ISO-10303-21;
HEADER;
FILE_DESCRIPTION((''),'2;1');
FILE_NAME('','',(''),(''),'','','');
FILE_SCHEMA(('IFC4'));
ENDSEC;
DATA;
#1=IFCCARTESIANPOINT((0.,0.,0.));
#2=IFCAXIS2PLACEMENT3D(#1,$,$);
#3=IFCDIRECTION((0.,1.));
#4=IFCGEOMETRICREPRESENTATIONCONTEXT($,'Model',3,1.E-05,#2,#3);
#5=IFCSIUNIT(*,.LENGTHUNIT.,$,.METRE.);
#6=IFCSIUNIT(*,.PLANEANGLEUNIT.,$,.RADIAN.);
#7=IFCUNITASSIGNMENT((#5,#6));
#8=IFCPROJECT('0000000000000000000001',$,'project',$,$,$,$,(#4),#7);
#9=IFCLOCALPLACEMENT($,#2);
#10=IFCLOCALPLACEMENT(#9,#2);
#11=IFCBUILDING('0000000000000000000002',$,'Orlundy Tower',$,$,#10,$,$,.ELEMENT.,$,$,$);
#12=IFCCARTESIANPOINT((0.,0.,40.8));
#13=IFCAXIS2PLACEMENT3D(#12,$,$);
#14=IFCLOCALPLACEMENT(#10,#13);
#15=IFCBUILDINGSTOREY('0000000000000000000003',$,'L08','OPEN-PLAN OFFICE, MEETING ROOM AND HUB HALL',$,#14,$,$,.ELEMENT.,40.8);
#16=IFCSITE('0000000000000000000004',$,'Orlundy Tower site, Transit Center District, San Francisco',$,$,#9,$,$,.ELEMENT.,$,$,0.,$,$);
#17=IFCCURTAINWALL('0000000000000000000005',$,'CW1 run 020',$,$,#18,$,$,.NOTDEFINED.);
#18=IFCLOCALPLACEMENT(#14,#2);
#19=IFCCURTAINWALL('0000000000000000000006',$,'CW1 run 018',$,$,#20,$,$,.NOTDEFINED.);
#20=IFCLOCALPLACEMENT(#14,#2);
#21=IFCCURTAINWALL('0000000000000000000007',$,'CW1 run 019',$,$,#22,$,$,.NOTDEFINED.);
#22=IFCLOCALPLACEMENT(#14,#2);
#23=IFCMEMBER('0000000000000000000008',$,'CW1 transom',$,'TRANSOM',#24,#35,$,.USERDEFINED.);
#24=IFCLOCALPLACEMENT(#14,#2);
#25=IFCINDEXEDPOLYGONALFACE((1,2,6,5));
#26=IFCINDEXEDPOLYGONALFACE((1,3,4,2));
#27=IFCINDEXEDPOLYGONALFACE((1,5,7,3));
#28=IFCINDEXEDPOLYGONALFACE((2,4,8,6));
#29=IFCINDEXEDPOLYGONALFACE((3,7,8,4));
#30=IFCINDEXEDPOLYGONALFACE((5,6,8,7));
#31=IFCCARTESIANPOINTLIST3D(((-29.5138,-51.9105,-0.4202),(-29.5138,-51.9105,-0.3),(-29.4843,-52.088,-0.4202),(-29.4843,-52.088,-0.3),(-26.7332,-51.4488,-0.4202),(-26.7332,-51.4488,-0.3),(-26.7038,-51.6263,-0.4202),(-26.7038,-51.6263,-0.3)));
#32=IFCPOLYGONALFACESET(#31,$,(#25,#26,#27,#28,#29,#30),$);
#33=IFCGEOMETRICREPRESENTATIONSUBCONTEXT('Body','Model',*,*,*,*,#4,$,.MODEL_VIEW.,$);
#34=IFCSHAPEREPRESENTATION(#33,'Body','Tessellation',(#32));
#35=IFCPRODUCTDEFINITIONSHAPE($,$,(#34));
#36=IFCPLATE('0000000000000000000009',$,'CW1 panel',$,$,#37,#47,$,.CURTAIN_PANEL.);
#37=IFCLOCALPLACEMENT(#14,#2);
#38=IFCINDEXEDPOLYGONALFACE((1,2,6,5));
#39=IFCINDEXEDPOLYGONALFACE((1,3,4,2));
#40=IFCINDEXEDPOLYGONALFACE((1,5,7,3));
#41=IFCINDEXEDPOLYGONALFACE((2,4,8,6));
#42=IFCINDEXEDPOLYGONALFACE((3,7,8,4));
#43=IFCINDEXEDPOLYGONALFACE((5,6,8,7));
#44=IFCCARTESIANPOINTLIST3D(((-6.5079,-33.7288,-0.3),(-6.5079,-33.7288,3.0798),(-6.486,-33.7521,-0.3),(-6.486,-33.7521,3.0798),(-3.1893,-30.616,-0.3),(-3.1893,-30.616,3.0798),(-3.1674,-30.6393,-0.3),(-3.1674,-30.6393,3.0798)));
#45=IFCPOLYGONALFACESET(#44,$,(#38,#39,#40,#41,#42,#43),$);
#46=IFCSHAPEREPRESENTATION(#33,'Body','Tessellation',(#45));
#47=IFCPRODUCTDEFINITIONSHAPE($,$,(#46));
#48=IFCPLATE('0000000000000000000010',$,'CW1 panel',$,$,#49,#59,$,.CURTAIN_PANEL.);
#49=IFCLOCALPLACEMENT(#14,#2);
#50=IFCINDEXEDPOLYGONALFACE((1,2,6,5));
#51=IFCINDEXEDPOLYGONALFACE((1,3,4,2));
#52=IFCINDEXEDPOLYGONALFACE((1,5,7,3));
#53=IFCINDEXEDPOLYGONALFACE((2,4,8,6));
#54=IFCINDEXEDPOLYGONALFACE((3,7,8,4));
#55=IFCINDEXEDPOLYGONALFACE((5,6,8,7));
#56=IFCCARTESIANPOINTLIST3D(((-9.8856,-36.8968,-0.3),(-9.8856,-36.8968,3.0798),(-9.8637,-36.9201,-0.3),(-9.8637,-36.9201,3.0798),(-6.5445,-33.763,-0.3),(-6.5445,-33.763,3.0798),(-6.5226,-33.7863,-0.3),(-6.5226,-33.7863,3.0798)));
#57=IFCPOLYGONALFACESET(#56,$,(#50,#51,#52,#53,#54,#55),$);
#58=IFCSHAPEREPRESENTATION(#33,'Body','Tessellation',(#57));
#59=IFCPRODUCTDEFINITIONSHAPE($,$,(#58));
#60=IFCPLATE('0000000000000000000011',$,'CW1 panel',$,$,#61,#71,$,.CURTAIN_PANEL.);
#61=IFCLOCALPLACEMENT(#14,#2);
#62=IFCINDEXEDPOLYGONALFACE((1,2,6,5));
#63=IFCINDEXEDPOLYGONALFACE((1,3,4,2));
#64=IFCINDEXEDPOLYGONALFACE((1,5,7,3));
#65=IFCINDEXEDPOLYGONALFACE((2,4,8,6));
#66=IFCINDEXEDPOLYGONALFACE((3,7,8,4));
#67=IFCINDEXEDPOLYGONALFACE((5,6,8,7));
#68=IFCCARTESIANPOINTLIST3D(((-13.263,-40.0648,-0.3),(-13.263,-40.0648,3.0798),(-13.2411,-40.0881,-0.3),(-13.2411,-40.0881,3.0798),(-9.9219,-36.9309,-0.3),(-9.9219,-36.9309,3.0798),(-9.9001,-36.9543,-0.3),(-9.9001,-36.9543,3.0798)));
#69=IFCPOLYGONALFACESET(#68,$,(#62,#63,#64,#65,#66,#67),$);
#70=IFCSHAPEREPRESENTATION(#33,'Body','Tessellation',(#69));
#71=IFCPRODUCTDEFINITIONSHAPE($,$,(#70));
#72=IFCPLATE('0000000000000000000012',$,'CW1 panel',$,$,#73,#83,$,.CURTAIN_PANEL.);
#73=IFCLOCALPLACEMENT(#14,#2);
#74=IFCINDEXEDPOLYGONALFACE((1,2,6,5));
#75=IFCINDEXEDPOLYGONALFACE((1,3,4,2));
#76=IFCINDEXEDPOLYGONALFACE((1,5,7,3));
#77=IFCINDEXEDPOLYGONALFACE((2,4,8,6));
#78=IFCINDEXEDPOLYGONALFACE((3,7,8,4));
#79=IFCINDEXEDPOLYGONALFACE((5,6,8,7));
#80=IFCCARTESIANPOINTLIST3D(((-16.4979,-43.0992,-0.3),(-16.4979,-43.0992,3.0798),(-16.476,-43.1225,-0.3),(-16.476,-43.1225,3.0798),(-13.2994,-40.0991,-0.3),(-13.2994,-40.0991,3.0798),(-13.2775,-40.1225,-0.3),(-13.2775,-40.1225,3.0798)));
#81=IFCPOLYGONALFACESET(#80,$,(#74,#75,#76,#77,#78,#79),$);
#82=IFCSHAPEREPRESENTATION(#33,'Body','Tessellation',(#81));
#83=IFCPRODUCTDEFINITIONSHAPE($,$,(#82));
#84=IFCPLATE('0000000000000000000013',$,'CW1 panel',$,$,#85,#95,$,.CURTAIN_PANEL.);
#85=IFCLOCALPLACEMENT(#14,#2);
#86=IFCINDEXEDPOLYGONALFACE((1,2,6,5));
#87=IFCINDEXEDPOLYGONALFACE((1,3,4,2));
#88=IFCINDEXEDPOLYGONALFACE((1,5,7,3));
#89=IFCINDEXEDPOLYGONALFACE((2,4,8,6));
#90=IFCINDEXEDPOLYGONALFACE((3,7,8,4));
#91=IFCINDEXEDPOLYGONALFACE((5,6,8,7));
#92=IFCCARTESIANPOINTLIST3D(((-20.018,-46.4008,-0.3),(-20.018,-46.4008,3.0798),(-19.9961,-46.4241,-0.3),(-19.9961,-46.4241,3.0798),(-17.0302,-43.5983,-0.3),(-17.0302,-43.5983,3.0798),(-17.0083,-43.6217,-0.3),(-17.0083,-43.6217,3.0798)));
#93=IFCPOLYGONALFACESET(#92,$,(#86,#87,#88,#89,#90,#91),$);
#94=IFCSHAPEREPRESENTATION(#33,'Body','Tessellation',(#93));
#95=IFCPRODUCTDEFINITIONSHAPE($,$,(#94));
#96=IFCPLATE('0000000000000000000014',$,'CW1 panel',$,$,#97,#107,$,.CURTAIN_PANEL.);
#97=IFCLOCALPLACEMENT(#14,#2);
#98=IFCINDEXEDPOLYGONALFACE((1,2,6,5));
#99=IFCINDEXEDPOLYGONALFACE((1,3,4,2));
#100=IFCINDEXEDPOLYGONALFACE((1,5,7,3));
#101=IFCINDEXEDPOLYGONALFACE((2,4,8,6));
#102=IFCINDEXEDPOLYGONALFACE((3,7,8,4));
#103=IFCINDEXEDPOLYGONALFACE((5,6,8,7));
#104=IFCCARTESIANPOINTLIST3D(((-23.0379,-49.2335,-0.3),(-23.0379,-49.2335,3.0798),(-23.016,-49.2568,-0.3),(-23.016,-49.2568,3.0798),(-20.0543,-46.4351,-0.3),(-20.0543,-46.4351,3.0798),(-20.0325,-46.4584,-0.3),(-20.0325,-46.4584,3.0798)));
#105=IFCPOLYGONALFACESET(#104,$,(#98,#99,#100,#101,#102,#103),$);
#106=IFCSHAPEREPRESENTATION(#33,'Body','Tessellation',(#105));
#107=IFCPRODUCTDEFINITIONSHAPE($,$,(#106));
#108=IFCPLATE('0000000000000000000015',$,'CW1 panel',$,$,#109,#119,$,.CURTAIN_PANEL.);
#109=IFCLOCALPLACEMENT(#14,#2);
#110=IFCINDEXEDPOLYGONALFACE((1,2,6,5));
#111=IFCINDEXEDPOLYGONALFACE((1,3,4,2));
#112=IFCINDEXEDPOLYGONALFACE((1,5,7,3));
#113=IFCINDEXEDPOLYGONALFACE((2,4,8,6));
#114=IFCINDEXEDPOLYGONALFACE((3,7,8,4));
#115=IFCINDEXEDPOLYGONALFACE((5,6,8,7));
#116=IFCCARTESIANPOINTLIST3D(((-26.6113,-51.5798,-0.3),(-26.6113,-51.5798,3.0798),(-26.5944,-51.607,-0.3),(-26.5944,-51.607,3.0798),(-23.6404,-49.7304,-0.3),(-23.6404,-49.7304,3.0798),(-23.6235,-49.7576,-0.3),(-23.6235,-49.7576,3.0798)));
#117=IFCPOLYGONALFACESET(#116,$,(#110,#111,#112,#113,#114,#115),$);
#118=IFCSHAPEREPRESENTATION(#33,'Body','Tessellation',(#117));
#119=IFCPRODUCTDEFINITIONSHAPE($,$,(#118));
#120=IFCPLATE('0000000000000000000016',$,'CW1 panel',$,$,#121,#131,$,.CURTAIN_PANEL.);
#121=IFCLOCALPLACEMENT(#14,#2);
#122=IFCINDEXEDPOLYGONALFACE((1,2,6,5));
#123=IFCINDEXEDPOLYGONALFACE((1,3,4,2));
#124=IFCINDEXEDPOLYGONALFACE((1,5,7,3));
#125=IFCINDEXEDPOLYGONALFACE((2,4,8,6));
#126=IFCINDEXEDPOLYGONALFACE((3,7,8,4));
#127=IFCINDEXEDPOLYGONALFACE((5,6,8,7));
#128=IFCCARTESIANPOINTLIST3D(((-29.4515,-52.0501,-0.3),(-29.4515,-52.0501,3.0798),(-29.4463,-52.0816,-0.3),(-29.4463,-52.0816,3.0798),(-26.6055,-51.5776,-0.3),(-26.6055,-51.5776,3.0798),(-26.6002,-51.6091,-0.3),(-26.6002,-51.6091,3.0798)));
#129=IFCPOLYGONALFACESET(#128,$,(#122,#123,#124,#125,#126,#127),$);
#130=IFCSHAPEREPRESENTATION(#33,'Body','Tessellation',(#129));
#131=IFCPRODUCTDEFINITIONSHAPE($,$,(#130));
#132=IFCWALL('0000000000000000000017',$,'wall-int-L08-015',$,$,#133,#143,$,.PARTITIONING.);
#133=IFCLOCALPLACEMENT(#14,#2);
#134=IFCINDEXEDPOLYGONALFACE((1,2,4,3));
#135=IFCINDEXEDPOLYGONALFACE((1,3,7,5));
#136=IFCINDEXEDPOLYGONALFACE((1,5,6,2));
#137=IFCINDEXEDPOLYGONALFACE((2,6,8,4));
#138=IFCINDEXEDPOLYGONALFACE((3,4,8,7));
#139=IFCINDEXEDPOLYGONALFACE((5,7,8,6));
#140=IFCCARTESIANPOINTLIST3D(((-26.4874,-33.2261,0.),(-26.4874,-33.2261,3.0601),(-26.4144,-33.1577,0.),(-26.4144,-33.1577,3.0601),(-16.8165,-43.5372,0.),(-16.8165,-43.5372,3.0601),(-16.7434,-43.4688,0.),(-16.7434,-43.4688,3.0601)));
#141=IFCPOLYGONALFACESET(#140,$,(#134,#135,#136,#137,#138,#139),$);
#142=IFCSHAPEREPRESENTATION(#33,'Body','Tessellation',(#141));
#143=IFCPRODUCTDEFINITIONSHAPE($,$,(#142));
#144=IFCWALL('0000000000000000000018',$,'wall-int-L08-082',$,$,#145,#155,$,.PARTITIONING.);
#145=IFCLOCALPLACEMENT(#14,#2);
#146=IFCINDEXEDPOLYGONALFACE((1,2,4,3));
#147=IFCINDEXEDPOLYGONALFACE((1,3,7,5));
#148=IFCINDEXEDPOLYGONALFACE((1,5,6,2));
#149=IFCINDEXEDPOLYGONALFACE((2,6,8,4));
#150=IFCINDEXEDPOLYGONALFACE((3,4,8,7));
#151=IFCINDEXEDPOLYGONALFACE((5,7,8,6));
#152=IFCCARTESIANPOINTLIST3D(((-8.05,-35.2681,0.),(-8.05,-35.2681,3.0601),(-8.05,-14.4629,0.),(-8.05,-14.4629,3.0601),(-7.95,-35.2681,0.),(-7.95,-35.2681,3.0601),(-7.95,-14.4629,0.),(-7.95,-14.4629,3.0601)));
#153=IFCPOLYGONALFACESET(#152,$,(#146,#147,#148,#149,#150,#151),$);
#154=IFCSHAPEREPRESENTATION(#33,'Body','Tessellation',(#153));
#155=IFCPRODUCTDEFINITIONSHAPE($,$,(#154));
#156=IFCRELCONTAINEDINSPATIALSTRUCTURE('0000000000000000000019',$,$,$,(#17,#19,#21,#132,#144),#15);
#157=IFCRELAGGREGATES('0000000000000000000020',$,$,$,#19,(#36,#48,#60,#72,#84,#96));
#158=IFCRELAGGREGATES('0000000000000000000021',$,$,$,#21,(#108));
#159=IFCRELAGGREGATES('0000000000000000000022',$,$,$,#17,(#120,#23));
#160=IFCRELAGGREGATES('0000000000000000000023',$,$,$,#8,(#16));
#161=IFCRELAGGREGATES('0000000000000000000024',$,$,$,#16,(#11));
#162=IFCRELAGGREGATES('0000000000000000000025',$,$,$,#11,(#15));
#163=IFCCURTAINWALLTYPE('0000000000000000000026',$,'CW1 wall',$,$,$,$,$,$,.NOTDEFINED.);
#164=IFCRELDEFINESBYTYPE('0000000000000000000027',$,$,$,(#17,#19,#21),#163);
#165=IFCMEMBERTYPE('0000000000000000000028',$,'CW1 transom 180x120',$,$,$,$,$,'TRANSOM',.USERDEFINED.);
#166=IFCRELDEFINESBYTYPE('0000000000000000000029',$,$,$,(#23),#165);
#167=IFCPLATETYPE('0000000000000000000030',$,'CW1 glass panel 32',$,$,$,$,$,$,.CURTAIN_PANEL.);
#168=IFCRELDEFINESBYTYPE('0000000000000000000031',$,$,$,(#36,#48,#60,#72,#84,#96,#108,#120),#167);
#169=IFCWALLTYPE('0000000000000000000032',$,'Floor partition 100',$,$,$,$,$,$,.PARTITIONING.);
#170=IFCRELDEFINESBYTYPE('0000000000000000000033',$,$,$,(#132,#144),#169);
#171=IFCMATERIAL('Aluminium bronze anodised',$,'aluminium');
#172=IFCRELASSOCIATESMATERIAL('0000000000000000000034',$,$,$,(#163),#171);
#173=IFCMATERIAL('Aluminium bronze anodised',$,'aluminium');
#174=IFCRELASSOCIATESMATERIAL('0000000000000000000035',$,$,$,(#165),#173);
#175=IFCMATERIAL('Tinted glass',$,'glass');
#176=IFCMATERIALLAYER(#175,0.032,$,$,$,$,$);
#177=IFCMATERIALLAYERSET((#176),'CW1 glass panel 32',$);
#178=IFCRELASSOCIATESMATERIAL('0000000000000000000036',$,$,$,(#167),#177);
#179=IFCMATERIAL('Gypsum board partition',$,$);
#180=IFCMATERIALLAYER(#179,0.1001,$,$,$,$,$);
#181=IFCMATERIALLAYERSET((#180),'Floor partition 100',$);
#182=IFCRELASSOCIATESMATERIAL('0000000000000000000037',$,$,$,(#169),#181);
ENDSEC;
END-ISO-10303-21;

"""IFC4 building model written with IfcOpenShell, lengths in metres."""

from ifc_helpers import new_model, si_unit, direction, frame, frame_2d, origin, origin_2d, place, context, subcontext, project, spatial, rectangle, extrude, material, layer, layer_set, material_profile, profile_set, type_object, element, aggregate, save


model = new_model("IFC4")

# Units and contexts
model_context = context("Model", 3, precision=1e-05, world=origin(), true_north=direction((0.0, 1.0)))
body_context = subcontext(model_context, "Body", "Model", "MODEL_VIEW")
ifc_project = project(units=[si_unit("LENGTHUNIT", "METRE"), si_unit("PLANEANGLEUNIT", "RADIAN")], contexts=[model_context])

# Site, building, storey
site_placement = place(None, origin())
site = spatial("IfcSite", under=ifc_project, at=site_placement, Name="Orlundy Tower site, Transit Center District, San Francisco", CompositionType="ELEMENT", RefElevation=0.0)
building_placement = place(site_placement, origin())
building = spatial("IfcBuilding", under=site, at=building_placement, Name="Orlundy Tower", CompositionType="ELEMENT")
storey_placement = place(building_placement, frame((0.0, 0.0, 40.8)))
storey = spatial("IfcBuildingStorey", under=building, at=storey_placement, Name="L08", Description="OPEN-PLAN OFFICE, MEETING ROOM AND HUB HALL", CompositionType="ELEMENT", Elevation=40.8)

# Curtain wall
ifc_material_1 = material(Name="Aluminium bronze anodised", Category="aluminium")
curtain_wall_type = type_object("IfcCurtainWallType", Name="CW1 wall", PredefinedType="NOTDEFINED", material=ifc_material_1)
curtain_wall_1_placement = place(storey_placement, origin())
curtain_wall_1 = element("IfcCurtainWall", 1, at=curtain_wall_1_placement, inside=storey, type_object=curtain_wall_type, Name="CW1 run 020", PredefinedType="NOTDEFINED")

# Curtain wall
curtain_wall_2_placement = place(storey_placement, origin())
curtain_wall_2 = element("IfcCurtainWall", 2, at=curtain_wall_2_placement, inside=storey, type_object=curtain_wall_type, Name="CW1 run 018", PredefinedType="NOTDEFINED")
ifc_material_2 = material(Name="Aluminium bronze anodised", Category="aluminium")
ifc_material_profile_1 = material_profile(ifc_material_2, rectangle(XDim=0.1799, YDim=0.1201, at=origin_2d()), Name="CW1 transom 180x120")
ifc_profile_set_1 = profile_set([ifc_material_profile_1], Name="Aluminium bronze anodised")
member_type_1 = type_object("IfcMemberType", Name="CW1 transom 180x120", ElementType="TRANSOM", PredefinedType="USERDEFINED", material=ifc_profile_set_1)

# Curtain wall
curtain_wall_3_placement = place(storey_placement, origin())
curtain_wall_3 = element("IfcCurtainWall", 3, at=curtain_wall_3_placement, inside=storey, type_object=curtain_wall_type, Name="CW1 run 019", PredefinedType="NOTDEFINED")

# Member
member_1_placement = place(storey_placement, frame((-26.7185, -51.5376, -0.3601), z_axis=(-0.986494, -0.163795, 0.0), x_axis=(0.163795, -0.986494, 0.0)))
member_1 = element("IfcMember", 4, at=member_1_placement, type_object=member_type_1, Name="CW1 transom", ObjectType="TRANSOM", PredefinedType="USERDEFINED", context=body_context, shape_type="SweptSolid", body=[
    extrude(rectangle(XDim=0.1799, YDim=0.1201, at=origin_2d()), origin(), (0.0, 0.0, 1.0), 2.8186),
])

# Plates
ifc_material_3 = material(Name="Tinted glass", Category="glass")
ifc_layer_1 = layer(ifc_material_3, 0.032)
ifc_layer_set_1 = layer_set([ifc_layer_1], Name="CW1 glass panel 32")
plate_type = type_object("IfcPlateType", Name="CW1 glass panel 32", PredefinedType="CURTAIN_PANEL", material=ifc_layer_set_1)
plate_1_placement = place(storey_placement, frame((-4.8376, -32.1841, -0.3), z_axis=(0.0, 0.0, 1.0), x_axis=(-0.729365, -0.684124, 0.0)))
plate_1 = element("IfcPlate", 5, at=plate_1_placement, type_object=plate_type, Name="CW1 panel", PredefinedType="CURTAIN_PANEL", context=body_context, shape_type="SweptSolid", body=[
    extrude(rectangle(XDim=4.55, YDim=0.032, at=origin_2d()), origin(), (0.0, 0.0, 1.0), 3.3799),
])
plate_2_placement = place(storey_placement, frame((-8.2041, -35.3416, -0.3), z_axis=(0.0, 0.0, 1.0), x_axis=(-0.729365, -0.684124, 0.0)))
plate_2 = element("IfcPlate", 6, at=plate_2_placement, type_object=plate_type, Name="CW1 panel", PredefinedType="CURTAIN_PANEL", context=body_context, shape_type="SweptSolid", body=[
    extrude(rectangle(XDim=4.5808, YDim=0.032, at=origin_2d()), origin(), (0.0, 0.0, 1.0), 3.3799),
])
plate_3_placement = place(storey_placement, frame((-11.5815, -38.5095, -0.3), z_axis=(0.0, 0.0, 1.0), x_axis=(-0.729365, -0.684124, 0.0)))
plate_3 = element("IfcPlate", 7, at=plate_3_placement, type_object=plate_type, Name="CW1 panel", PredefinedType="CURTAIN_PANEL", context=body_context, shape_type="SweptSolid", body=[
    extrude(rectangle(XDim=4.5808, YDim=0.032, at=origin_2d()), origin(), (0.0, 0.0, 1.0), 3.3799),
])
plate_4_placement = place(storey_placement, frame((-14.8877, -41.6108, -0.3), z_axis=(0.0, 0.0, 1.0), x_axis=(-0.729365, -0.684124, 0.0)))
plate_4 = element("IfcPlate", 8, at=plate_4_placement, type_object=plate_type, Name="CW1 panel", PredefinedType="CURTAIN_PANEL", context=body_context, shape_type="SweptSolid", body=[
    extrude(rectangle(XDim=4.3853, YDim=0.032, at=origin_2d()), origin(), (0.0, 0.0, 1.0), 3.3799),
])
plate_5_placement = place(storey_placement, frame((-18.5132, -45.0112, -0.3), z_axis=(0.0, 0.0, 1.0), x_axis=(-0.729365, -0.684124, 0.0)))
plate_5 = element("IfcPlate", 9, at=plate_5_placement, type_object=plate_type, Name="CW1 panel", PredefinedType="CURTAIN_PANEL", context=body_context, shape_type="SweptSolid", body=[
    extrude(rectangle(XDim=4.0964, YDim=0.032, at=origin_2d()), origin(), (0.0, 0.0, 1.0), 3.3799),
])
plate_6_placement = place(storey_placement, frame((-21.5352, -47.8459, -0.3), z_axis=(0.0, 0.0, 1.0), x_axis=(-0.729365, -0.684124, 0.0)))
plate_6 = element("IfcPlate", 10, at=plate_6_placement, type_object=plate_type, Name="CW1 panel", PredefinedType="CURTAIN_PANEL", context=body_context, shape_type="SweptSolid", body=[
    extrude(rectangle(XDim=4.0906, YDim=0.032, at=origin_2d()), origin(), (0.0, 0.0, 1.0), 3.3799),
])
aggregate(curtain_wall_2, [plate_1, plate_2, plate_3, plate_4, plate_5, plate_6])
plate_7_placement = place(storey_placement, frame((-25.1174, -50.6687, -0.3), z_axis=(0.0, 0.0, 1.0), x_axis=(-0.848952, -0.52847, 0.0)))
plate_7 = element("IfcPlate", 11, at=plate_7_placement, type_object=plate_type, Name="CW1 panel", PredefinedType="CURTAIN_PANEL", context=body_context, shape_type="SweptSolid", body=[
    extrude(rectangle(XDim=3.4995, YDim=0.032, at=origin_2d()), origin(), (0.0, 0.0, 1.0), 3.3799),
])
aggregate(curtain_wall_3, [plate_7])
plate_8_placement = place(storey_placement, frame((-28.0259, -51.8296, -0.3), z_axis=(0.0, 0.0, 1.0), x_axis=(-0.986496, -0.163786, 0.0)))
plate_8 = element("IfcPlate", 12, at=plate_8_placement, type_object=plate_type, Name="CW1 panel", PredefinedType="CURTAIN_PANEL", context=body_context, shape_type="SweptSolid", body=[
    extrude(rectangle(XDim=2.885, YDim=0.032, at=origin_2d()), origin(), (0.0, 0.0, 1.0), 3.3799),
])
aggregate(curtain_wall_1, [plate_8, member_1])

# Walls
ifc_material_4 = material(Name="Gypsum board partition")
ifc_layer_2 = layer(ifc_material_4, 0.1001)
ifc_layer_set_2 = layer_set([ifc_layer_2], Name="Floor partition 100")
wall_type = type_object("IfcWallType", Name="Floor partition 100", PredefinedType="PARTITIONING", material=ifc_layer_set_2)
wall_1_placement = place(storey_placement, frame((-26.4509, -33.1919, 0.0), z_axis=(0.0, 0.0, 1.0), x_axis=(0.684103, -0.729385, 0.0)))
element("IfcWall", 13, at=wall_1_placement, inside=storey, type_object=wall_type, Name="wall-int-L08-015", PredefinedType="PARTITIONING", context=body_context, shape_type="SweptSolid", body=[
    extrude(rectangle(XDim=14.1367, YDim=0.1001, at=frame_2d((7.0684, 0.0))), origin(), (0.0, 0.0, 1.0), 3.0601),
])
wall_2_placement = place(storey_placement, frame((-8.0, -35.2681, 0.0), z_axis=(0.0, 0.0, 1.0), x_axis=(0.0, 1.0, 0.0)))
element("IfcWall", 14, at=wall_2_placement, inside=storey, type_object=wall_type, Name="wall-int-L08-082", PredefinedType="PARTITIONING", context=body_context, shape_type="SweptSolid", body=[
    extrude(rectangle(XDim=20.8052, YDim=0.1001, at=frame_2d((10.4026, 0.0))), origin(), (0.0, 0.0, 1.0), 3.0601),
])

save(model, "model.ifc")
